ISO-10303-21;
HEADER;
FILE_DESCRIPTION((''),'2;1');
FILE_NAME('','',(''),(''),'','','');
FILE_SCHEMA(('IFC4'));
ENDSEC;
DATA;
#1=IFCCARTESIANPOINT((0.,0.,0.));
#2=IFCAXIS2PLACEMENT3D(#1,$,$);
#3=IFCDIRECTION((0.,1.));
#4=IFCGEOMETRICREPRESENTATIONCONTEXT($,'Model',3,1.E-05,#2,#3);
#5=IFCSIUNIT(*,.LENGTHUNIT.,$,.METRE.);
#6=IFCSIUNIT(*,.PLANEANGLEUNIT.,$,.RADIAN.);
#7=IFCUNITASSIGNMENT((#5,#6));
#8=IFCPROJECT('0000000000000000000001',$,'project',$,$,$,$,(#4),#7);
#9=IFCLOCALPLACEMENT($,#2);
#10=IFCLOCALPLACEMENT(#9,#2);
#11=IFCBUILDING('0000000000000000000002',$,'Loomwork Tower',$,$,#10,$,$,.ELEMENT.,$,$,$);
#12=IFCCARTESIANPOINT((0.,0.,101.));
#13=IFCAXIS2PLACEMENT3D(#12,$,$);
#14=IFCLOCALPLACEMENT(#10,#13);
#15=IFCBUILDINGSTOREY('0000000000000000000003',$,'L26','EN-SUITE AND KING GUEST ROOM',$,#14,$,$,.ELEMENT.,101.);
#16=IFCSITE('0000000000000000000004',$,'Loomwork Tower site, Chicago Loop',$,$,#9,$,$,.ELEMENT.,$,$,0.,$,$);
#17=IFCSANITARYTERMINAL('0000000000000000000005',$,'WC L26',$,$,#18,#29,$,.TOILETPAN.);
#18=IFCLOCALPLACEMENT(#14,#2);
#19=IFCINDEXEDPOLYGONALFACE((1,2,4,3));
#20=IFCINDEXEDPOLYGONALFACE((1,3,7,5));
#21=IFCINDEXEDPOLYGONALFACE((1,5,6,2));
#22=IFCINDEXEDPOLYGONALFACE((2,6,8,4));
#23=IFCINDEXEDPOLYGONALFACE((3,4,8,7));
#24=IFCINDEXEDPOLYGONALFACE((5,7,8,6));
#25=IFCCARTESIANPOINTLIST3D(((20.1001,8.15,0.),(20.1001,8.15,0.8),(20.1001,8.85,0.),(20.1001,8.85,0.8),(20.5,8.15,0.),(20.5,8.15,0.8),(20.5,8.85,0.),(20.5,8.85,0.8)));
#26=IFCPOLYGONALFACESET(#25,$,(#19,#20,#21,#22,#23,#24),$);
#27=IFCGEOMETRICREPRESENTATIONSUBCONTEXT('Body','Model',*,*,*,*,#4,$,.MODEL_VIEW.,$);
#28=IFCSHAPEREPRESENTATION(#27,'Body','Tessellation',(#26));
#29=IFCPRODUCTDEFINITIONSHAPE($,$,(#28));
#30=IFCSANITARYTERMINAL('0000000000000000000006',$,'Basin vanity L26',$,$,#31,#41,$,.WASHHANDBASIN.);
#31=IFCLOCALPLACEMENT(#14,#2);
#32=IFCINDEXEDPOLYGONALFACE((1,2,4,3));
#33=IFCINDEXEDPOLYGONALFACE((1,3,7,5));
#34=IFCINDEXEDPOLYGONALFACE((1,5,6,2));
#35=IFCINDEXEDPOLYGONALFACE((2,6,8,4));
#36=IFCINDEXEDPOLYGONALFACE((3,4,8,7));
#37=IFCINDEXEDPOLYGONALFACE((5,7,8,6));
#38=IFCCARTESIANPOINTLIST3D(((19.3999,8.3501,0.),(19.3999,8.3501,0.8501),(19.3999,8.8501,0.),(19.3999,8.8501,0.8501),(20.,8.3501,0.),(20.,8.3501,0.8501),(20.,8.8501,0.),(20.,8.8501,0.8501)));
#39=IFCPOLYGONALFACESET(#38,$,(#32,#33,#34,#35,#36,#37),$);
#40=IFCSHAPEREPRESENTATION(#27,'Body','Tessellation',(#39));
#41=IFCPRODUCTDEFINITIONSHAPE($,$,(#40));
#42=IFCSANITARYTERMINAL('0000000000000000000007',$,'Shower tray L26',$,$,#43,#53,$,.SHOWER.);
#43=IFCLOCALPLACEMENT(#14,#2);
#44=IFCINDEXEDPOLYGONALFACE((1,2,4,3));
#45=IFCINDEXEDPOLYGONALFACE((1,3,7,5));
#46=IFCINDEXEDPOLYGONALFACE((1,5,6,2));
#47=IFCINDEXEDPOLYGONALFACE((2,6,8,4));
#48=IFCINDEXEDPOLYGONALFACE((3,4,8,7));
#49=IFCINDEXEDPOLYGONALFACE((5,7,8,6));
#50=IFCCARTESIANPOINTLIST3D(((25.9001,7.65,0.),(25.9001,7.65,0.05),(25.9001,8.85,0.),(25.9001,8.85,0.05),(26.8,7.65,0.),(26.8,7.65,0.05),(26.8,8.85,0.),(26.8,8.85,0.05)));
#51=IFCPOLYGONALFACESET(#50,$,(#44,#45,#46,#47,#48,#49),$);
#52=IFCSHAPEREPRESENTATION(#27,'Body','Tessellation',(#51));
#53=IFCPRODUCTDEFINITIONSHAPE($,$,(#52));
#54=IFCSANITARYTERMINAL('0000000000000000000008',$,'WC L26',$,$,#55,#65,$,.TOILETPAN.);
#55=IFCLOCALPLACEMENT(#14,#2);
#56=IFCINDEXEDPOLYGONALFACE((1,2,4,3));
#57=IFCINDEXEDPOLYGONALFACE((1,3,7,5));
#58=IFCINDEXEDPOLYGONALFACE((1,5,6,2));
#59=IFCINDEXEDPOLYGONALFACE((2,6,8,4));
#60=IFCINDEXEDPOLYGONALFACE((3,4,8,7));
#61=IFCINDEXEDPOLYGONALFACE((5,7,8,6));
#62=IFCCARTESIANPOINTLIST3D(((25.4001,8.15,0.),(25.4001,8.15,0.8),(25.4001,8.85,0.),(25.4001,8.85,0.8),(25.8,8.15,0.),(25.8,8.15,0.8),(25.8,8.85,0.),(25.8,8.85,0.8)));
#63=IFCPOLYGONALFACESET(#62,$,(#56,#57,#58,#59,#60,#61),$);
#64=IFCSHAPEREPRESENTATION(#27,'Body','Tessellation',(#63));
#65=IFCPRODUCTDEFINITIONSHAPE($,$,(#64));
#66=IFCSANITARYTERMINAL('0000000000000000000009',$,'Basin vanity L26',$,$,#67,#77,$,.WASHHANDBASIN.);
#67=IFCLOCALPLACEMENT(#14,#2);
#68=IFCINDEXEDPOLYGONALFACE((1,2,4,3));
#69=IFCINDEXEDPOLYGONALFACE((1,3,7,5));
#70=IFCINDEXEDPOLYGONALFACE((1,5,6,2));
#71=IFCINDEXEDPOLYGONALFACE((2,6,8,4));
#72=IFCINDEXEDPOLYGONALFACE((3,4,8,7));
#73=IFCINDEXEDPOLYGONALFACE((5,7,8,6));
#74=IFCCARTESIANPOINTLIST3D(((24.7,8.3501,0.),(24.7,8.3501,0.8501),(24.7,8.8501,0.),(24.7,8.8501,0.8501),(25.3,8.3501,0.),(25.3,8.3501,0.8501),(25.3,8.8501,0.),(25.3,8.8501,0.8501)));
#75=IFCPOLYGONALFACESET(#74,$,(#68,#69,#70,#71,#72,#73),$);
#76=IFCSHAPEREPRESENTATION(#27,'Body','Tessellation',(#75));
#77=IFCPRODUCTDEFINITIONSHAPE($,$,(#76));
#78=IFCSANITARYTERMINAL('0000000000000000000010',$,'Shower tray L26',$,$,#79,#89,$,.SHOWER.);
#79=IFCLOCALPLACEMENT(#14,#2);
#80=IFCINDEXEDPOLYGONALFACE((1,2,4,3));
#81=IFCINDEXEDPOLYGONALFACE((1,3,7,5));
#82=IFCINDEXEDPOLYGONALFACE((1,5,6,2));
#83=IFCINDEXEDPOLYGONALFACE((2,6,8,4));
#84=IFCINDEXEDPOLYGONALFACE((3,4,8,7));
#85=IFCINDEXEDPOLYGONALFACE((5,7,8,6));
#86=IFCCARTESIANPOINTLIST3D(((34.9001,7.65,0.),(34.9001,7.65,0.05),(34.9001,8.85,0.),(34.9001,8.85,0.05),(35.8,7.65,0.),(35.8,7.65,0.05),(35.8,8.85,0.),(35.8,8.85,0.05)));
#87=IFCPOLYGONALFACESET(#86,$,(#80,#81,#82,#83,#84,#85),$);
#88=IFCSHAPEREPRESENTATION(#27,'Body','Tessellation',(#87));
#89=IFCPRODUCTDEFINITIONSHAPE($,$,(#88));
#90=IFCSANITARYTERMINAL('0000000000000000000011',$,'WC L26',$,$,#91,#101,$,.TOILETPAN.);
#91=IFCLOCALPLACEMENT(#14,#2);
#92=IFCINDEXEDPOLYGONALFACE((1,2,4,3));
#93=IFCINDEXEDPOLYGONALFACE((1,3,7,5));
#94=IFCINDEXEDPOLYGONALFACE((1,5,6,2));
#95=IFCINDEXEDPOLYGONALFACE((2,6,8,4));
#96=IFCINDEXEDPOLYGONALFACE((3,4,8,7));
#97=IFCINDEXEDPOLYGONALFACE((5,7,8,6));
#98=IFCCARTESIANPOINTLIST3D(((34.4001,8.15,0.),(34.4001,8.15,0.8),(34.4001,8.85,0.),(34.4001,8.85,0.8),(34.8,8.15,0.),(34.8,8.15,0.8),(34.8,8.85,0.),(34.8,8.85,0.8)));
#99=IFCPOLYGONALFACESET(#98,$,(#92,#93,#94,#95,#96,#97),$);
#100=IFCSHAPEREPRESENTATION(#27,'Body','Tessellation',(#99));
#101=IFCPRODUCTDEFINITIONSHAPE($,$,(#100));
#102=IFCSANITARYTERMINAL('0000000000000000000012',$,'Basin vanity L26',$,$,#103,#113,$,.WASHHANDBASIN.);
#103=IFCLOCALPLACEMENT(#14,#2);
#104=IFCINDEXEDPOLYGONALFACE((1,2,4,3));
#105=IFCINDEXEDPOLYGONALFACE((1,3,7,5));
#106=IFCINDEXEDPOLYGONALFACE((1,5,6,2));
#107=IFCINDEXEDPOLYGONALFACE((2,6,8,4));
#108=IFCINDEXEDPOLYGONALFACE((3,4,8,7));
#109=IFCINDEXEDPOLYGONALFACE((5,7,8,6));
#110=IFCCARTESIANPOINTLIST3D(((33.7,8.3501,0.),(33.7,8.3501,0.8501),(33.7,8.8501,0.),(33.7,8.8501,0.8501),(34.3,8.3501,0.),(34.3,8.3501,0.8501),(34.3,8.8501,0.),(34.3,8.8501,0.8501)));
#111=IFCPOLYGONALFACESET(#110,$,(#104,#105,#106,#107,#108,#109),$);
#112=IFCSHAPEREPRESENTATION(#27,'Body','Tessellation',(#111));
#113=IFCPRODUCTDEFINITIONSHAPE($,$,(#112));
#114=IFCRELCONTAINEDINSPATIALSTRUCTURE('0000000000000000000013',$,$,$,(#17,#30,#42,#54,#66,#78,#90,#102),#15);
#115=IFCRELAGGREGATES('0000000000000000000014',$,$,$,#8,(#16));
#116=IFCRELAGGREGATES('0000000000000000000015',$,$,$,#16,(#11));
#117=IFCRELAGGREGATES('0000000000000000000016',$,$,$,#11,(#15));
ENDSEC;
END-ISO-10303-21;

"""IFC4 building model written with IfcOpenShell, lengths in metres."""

from ifc_helpers import new_model, si_unit, direction, frame, origin, origin_2d, place, context, subcontext, project, spatial, rectangle, extrude, element, save


model = new_model("IFC4")

# Units and contexts
model_context = context("Model", 3, precision=1e-05, world=origin(), true_north=direction((0.0, 1.0)))
body_context = subcontext(model_context, "Body", "Model", "MODEL_VIEW")
ifc_project = project(units=[si_unit("LENGTHUNIT", "METRE"), si_unit("PLANEANGLEUNIT", "RADIAN")], contexts=[model_context])

# Site, building, storey
site_placement = place(None, origin())
site = spatial("IfcSite", under=ifc_project, at=site_placement, Name="Loomwork Tower site, Chicago Loop", CompositionType="ELEMENT", RefElevation=0.0)
building_placement = place(site_placement, origin())
building = spatial("IfcBuilding", under=site, at=building_placement, Name="Loomwork Tower", CompositionType="ELEMENT")
storey_placement = place(building_placement, frame((0.0, 0.0, 101.0)))
storey = spatial("IfcBuildingStorey", under=building, at=storey_placement, Name="L26", Description="EN-SUITE AND KING GUEST ROOM", CompositionType="ELEMENT", Elevation=101.0)

# Sanitary terminals
sanitary_terminal_1_placement = place(storey_placement, frame((20.3, 8.5, 0.0), z_axis=(0.0, 0.0, 1.0), x_axis=(1.0, 0.0, 0.0)))
element("IfcSanitaryTerminal", 1, at=sanitary_terminal_1_placement, inside=storey, Name="WC L26", PredefinedType="TOILETPAN", context=body_context, shape_type="SweptSolid", body=[
    extrude(rectangle(XDim=0.3999, YDim=0.7, at=origin_2d()), origin(), (0.0, 0.0, 1.0), 0.8),
])
sanitary_terminal_2_placement = place(storey_placement, frame((19.7, 8.6001, 0.0), z_axis=(0.0, 0.0, 1.0), x_axis=(1.0, 0.0, 0.0)))
element("IfcSanitaryTerminal", 2, at=sanitary_terminal_2_placement, inside=storey, Name="Basin vanity L26", PredefinedType="WASHHANDBASIN", context=body_context, shape_type="SweptSolid", body=[
    extrude(rectangle(XDim=0.6001, YDim=0.5, at=origin_2d()), origin(), (0.0, 0.0, 1.0), 0.8501),
])
sanitary_terminal_3_placement = place(storey_placement, frame((26.3501, 8.25, 0.0), z_axis=(0.0, 0.0, 1.0), x_axis=(1.0, 0.0, 0.0)))
element("IfcSanitaryTerminal", 3, at=sanitary_terminal_3_placement, inside=storey, Name="Shower tray L26", PredefinedType="SHOWER", context=body_context, shape_type="SweptSolid", body=[
    extrude(rectangle(XDim=0.8999, YDim=1.2, at=origin_2d()), origin(), (0.0, 0.0, 1.0), 0.05),
])
sanitary_terminal_4_placement = place(storey_placement, frame((25.6001, 8.5, 0.0), z_axis=(0.0, 0.0, 1.0), x_axis=(1.0, 0.0, 0.0)))
element("IfcSanitaryTerminal", 4, at=sanitary_terminal_4_placement, inside=storey, Name="WC L26", PredefinedType="TOILETPAN", context=body_context, shape_type="SweptSolid", body=[
    extrude(rectangle(XDim=0.3999, YDim=0.7, at=origin_2d()), origin(), (0.0, 0.0, 1.0), 0.8),
])
sanitary_terminal_5_placement = place(storey_placement, frame((25.0, 8.6001, 0.0), z_axis=(0.0, 0.0, 1.0), x_axis=(1.0, 0.0, 0.0)))
element("IfcSanitaryTerminal", 5, at=sanitary_terminal_5_placement, inside=storey, Name="Basin vanity L26", PredefinedType="WASHHANDBASIN", context=body_context, shape_type="SweptSolid", body=[
    extrude(rectangle(XDim=0.6001, YDim=0.5, at=origin_2d()), origin(), (0.0, 0.0, 1.0), 0.8501),
])
sanitary_terminal_6_placement = place(storey_placement, frame((35.3501, 8.25, 0.0), z_axis=(0.0, 0.0, 1.0), x_axis=(1.0, 0.0, 0.0)))
element("IfcSanitaryTerminal", 6, at=sanitary_terminal_6_placement, inside=storey, Name="Shower tray L26", PredefinedType="SHOWER", context=body_context, shape_type="SweptSolid", body=[
    extrude(rectangle(XDim=0.8999, YDim=1.2, at=origin_2d()), origin(), (0.0, 0.0, 1.0), 0.05),
])
sanitary_terminal_7_placement = place(storey_placement, frame((34.6001, 8.5, 0.0), z_axis=(0.0, 0.0, 1.0), x_axis=(1.0, 0.0, 0.0)))
element("IfcSanitaryTerminal", 7, at=sanitary_terminal_7_placement, inside=storey, Name="WC L26", PredefinedType="TOILETPAN", context=body_context, shape_type="SweptSolid", body=[
    extrude(rectangle(XDim=0.3999, YDim=0.7, at=origin_2d()), origin(), (0.0, 0.0, 1.0), 0.8),
])
sanitary_terminal_8_placement = place(storey_placement, frame((34.0, 8.6001, 0.0), z_axis=(0.0, 0.0, 1.0), x_axis=(1.0, 0.0, 0.0)))
element("IfcSanitaryTerminal", 8, at=sanitary_terminal_8_placement, inside=storey, Name="Basin vanity L26", PredefinedType="WASHHANDBASIN", context=body_context, shape_type="SweptSolid", body=[
    extrude(rectangle(XDim=0.6001, YDim=0.5, at=origin_2d()), origin(), (0.0, 0.0, 1.0), 0.8501),
])

save(model, "model.ifc")
